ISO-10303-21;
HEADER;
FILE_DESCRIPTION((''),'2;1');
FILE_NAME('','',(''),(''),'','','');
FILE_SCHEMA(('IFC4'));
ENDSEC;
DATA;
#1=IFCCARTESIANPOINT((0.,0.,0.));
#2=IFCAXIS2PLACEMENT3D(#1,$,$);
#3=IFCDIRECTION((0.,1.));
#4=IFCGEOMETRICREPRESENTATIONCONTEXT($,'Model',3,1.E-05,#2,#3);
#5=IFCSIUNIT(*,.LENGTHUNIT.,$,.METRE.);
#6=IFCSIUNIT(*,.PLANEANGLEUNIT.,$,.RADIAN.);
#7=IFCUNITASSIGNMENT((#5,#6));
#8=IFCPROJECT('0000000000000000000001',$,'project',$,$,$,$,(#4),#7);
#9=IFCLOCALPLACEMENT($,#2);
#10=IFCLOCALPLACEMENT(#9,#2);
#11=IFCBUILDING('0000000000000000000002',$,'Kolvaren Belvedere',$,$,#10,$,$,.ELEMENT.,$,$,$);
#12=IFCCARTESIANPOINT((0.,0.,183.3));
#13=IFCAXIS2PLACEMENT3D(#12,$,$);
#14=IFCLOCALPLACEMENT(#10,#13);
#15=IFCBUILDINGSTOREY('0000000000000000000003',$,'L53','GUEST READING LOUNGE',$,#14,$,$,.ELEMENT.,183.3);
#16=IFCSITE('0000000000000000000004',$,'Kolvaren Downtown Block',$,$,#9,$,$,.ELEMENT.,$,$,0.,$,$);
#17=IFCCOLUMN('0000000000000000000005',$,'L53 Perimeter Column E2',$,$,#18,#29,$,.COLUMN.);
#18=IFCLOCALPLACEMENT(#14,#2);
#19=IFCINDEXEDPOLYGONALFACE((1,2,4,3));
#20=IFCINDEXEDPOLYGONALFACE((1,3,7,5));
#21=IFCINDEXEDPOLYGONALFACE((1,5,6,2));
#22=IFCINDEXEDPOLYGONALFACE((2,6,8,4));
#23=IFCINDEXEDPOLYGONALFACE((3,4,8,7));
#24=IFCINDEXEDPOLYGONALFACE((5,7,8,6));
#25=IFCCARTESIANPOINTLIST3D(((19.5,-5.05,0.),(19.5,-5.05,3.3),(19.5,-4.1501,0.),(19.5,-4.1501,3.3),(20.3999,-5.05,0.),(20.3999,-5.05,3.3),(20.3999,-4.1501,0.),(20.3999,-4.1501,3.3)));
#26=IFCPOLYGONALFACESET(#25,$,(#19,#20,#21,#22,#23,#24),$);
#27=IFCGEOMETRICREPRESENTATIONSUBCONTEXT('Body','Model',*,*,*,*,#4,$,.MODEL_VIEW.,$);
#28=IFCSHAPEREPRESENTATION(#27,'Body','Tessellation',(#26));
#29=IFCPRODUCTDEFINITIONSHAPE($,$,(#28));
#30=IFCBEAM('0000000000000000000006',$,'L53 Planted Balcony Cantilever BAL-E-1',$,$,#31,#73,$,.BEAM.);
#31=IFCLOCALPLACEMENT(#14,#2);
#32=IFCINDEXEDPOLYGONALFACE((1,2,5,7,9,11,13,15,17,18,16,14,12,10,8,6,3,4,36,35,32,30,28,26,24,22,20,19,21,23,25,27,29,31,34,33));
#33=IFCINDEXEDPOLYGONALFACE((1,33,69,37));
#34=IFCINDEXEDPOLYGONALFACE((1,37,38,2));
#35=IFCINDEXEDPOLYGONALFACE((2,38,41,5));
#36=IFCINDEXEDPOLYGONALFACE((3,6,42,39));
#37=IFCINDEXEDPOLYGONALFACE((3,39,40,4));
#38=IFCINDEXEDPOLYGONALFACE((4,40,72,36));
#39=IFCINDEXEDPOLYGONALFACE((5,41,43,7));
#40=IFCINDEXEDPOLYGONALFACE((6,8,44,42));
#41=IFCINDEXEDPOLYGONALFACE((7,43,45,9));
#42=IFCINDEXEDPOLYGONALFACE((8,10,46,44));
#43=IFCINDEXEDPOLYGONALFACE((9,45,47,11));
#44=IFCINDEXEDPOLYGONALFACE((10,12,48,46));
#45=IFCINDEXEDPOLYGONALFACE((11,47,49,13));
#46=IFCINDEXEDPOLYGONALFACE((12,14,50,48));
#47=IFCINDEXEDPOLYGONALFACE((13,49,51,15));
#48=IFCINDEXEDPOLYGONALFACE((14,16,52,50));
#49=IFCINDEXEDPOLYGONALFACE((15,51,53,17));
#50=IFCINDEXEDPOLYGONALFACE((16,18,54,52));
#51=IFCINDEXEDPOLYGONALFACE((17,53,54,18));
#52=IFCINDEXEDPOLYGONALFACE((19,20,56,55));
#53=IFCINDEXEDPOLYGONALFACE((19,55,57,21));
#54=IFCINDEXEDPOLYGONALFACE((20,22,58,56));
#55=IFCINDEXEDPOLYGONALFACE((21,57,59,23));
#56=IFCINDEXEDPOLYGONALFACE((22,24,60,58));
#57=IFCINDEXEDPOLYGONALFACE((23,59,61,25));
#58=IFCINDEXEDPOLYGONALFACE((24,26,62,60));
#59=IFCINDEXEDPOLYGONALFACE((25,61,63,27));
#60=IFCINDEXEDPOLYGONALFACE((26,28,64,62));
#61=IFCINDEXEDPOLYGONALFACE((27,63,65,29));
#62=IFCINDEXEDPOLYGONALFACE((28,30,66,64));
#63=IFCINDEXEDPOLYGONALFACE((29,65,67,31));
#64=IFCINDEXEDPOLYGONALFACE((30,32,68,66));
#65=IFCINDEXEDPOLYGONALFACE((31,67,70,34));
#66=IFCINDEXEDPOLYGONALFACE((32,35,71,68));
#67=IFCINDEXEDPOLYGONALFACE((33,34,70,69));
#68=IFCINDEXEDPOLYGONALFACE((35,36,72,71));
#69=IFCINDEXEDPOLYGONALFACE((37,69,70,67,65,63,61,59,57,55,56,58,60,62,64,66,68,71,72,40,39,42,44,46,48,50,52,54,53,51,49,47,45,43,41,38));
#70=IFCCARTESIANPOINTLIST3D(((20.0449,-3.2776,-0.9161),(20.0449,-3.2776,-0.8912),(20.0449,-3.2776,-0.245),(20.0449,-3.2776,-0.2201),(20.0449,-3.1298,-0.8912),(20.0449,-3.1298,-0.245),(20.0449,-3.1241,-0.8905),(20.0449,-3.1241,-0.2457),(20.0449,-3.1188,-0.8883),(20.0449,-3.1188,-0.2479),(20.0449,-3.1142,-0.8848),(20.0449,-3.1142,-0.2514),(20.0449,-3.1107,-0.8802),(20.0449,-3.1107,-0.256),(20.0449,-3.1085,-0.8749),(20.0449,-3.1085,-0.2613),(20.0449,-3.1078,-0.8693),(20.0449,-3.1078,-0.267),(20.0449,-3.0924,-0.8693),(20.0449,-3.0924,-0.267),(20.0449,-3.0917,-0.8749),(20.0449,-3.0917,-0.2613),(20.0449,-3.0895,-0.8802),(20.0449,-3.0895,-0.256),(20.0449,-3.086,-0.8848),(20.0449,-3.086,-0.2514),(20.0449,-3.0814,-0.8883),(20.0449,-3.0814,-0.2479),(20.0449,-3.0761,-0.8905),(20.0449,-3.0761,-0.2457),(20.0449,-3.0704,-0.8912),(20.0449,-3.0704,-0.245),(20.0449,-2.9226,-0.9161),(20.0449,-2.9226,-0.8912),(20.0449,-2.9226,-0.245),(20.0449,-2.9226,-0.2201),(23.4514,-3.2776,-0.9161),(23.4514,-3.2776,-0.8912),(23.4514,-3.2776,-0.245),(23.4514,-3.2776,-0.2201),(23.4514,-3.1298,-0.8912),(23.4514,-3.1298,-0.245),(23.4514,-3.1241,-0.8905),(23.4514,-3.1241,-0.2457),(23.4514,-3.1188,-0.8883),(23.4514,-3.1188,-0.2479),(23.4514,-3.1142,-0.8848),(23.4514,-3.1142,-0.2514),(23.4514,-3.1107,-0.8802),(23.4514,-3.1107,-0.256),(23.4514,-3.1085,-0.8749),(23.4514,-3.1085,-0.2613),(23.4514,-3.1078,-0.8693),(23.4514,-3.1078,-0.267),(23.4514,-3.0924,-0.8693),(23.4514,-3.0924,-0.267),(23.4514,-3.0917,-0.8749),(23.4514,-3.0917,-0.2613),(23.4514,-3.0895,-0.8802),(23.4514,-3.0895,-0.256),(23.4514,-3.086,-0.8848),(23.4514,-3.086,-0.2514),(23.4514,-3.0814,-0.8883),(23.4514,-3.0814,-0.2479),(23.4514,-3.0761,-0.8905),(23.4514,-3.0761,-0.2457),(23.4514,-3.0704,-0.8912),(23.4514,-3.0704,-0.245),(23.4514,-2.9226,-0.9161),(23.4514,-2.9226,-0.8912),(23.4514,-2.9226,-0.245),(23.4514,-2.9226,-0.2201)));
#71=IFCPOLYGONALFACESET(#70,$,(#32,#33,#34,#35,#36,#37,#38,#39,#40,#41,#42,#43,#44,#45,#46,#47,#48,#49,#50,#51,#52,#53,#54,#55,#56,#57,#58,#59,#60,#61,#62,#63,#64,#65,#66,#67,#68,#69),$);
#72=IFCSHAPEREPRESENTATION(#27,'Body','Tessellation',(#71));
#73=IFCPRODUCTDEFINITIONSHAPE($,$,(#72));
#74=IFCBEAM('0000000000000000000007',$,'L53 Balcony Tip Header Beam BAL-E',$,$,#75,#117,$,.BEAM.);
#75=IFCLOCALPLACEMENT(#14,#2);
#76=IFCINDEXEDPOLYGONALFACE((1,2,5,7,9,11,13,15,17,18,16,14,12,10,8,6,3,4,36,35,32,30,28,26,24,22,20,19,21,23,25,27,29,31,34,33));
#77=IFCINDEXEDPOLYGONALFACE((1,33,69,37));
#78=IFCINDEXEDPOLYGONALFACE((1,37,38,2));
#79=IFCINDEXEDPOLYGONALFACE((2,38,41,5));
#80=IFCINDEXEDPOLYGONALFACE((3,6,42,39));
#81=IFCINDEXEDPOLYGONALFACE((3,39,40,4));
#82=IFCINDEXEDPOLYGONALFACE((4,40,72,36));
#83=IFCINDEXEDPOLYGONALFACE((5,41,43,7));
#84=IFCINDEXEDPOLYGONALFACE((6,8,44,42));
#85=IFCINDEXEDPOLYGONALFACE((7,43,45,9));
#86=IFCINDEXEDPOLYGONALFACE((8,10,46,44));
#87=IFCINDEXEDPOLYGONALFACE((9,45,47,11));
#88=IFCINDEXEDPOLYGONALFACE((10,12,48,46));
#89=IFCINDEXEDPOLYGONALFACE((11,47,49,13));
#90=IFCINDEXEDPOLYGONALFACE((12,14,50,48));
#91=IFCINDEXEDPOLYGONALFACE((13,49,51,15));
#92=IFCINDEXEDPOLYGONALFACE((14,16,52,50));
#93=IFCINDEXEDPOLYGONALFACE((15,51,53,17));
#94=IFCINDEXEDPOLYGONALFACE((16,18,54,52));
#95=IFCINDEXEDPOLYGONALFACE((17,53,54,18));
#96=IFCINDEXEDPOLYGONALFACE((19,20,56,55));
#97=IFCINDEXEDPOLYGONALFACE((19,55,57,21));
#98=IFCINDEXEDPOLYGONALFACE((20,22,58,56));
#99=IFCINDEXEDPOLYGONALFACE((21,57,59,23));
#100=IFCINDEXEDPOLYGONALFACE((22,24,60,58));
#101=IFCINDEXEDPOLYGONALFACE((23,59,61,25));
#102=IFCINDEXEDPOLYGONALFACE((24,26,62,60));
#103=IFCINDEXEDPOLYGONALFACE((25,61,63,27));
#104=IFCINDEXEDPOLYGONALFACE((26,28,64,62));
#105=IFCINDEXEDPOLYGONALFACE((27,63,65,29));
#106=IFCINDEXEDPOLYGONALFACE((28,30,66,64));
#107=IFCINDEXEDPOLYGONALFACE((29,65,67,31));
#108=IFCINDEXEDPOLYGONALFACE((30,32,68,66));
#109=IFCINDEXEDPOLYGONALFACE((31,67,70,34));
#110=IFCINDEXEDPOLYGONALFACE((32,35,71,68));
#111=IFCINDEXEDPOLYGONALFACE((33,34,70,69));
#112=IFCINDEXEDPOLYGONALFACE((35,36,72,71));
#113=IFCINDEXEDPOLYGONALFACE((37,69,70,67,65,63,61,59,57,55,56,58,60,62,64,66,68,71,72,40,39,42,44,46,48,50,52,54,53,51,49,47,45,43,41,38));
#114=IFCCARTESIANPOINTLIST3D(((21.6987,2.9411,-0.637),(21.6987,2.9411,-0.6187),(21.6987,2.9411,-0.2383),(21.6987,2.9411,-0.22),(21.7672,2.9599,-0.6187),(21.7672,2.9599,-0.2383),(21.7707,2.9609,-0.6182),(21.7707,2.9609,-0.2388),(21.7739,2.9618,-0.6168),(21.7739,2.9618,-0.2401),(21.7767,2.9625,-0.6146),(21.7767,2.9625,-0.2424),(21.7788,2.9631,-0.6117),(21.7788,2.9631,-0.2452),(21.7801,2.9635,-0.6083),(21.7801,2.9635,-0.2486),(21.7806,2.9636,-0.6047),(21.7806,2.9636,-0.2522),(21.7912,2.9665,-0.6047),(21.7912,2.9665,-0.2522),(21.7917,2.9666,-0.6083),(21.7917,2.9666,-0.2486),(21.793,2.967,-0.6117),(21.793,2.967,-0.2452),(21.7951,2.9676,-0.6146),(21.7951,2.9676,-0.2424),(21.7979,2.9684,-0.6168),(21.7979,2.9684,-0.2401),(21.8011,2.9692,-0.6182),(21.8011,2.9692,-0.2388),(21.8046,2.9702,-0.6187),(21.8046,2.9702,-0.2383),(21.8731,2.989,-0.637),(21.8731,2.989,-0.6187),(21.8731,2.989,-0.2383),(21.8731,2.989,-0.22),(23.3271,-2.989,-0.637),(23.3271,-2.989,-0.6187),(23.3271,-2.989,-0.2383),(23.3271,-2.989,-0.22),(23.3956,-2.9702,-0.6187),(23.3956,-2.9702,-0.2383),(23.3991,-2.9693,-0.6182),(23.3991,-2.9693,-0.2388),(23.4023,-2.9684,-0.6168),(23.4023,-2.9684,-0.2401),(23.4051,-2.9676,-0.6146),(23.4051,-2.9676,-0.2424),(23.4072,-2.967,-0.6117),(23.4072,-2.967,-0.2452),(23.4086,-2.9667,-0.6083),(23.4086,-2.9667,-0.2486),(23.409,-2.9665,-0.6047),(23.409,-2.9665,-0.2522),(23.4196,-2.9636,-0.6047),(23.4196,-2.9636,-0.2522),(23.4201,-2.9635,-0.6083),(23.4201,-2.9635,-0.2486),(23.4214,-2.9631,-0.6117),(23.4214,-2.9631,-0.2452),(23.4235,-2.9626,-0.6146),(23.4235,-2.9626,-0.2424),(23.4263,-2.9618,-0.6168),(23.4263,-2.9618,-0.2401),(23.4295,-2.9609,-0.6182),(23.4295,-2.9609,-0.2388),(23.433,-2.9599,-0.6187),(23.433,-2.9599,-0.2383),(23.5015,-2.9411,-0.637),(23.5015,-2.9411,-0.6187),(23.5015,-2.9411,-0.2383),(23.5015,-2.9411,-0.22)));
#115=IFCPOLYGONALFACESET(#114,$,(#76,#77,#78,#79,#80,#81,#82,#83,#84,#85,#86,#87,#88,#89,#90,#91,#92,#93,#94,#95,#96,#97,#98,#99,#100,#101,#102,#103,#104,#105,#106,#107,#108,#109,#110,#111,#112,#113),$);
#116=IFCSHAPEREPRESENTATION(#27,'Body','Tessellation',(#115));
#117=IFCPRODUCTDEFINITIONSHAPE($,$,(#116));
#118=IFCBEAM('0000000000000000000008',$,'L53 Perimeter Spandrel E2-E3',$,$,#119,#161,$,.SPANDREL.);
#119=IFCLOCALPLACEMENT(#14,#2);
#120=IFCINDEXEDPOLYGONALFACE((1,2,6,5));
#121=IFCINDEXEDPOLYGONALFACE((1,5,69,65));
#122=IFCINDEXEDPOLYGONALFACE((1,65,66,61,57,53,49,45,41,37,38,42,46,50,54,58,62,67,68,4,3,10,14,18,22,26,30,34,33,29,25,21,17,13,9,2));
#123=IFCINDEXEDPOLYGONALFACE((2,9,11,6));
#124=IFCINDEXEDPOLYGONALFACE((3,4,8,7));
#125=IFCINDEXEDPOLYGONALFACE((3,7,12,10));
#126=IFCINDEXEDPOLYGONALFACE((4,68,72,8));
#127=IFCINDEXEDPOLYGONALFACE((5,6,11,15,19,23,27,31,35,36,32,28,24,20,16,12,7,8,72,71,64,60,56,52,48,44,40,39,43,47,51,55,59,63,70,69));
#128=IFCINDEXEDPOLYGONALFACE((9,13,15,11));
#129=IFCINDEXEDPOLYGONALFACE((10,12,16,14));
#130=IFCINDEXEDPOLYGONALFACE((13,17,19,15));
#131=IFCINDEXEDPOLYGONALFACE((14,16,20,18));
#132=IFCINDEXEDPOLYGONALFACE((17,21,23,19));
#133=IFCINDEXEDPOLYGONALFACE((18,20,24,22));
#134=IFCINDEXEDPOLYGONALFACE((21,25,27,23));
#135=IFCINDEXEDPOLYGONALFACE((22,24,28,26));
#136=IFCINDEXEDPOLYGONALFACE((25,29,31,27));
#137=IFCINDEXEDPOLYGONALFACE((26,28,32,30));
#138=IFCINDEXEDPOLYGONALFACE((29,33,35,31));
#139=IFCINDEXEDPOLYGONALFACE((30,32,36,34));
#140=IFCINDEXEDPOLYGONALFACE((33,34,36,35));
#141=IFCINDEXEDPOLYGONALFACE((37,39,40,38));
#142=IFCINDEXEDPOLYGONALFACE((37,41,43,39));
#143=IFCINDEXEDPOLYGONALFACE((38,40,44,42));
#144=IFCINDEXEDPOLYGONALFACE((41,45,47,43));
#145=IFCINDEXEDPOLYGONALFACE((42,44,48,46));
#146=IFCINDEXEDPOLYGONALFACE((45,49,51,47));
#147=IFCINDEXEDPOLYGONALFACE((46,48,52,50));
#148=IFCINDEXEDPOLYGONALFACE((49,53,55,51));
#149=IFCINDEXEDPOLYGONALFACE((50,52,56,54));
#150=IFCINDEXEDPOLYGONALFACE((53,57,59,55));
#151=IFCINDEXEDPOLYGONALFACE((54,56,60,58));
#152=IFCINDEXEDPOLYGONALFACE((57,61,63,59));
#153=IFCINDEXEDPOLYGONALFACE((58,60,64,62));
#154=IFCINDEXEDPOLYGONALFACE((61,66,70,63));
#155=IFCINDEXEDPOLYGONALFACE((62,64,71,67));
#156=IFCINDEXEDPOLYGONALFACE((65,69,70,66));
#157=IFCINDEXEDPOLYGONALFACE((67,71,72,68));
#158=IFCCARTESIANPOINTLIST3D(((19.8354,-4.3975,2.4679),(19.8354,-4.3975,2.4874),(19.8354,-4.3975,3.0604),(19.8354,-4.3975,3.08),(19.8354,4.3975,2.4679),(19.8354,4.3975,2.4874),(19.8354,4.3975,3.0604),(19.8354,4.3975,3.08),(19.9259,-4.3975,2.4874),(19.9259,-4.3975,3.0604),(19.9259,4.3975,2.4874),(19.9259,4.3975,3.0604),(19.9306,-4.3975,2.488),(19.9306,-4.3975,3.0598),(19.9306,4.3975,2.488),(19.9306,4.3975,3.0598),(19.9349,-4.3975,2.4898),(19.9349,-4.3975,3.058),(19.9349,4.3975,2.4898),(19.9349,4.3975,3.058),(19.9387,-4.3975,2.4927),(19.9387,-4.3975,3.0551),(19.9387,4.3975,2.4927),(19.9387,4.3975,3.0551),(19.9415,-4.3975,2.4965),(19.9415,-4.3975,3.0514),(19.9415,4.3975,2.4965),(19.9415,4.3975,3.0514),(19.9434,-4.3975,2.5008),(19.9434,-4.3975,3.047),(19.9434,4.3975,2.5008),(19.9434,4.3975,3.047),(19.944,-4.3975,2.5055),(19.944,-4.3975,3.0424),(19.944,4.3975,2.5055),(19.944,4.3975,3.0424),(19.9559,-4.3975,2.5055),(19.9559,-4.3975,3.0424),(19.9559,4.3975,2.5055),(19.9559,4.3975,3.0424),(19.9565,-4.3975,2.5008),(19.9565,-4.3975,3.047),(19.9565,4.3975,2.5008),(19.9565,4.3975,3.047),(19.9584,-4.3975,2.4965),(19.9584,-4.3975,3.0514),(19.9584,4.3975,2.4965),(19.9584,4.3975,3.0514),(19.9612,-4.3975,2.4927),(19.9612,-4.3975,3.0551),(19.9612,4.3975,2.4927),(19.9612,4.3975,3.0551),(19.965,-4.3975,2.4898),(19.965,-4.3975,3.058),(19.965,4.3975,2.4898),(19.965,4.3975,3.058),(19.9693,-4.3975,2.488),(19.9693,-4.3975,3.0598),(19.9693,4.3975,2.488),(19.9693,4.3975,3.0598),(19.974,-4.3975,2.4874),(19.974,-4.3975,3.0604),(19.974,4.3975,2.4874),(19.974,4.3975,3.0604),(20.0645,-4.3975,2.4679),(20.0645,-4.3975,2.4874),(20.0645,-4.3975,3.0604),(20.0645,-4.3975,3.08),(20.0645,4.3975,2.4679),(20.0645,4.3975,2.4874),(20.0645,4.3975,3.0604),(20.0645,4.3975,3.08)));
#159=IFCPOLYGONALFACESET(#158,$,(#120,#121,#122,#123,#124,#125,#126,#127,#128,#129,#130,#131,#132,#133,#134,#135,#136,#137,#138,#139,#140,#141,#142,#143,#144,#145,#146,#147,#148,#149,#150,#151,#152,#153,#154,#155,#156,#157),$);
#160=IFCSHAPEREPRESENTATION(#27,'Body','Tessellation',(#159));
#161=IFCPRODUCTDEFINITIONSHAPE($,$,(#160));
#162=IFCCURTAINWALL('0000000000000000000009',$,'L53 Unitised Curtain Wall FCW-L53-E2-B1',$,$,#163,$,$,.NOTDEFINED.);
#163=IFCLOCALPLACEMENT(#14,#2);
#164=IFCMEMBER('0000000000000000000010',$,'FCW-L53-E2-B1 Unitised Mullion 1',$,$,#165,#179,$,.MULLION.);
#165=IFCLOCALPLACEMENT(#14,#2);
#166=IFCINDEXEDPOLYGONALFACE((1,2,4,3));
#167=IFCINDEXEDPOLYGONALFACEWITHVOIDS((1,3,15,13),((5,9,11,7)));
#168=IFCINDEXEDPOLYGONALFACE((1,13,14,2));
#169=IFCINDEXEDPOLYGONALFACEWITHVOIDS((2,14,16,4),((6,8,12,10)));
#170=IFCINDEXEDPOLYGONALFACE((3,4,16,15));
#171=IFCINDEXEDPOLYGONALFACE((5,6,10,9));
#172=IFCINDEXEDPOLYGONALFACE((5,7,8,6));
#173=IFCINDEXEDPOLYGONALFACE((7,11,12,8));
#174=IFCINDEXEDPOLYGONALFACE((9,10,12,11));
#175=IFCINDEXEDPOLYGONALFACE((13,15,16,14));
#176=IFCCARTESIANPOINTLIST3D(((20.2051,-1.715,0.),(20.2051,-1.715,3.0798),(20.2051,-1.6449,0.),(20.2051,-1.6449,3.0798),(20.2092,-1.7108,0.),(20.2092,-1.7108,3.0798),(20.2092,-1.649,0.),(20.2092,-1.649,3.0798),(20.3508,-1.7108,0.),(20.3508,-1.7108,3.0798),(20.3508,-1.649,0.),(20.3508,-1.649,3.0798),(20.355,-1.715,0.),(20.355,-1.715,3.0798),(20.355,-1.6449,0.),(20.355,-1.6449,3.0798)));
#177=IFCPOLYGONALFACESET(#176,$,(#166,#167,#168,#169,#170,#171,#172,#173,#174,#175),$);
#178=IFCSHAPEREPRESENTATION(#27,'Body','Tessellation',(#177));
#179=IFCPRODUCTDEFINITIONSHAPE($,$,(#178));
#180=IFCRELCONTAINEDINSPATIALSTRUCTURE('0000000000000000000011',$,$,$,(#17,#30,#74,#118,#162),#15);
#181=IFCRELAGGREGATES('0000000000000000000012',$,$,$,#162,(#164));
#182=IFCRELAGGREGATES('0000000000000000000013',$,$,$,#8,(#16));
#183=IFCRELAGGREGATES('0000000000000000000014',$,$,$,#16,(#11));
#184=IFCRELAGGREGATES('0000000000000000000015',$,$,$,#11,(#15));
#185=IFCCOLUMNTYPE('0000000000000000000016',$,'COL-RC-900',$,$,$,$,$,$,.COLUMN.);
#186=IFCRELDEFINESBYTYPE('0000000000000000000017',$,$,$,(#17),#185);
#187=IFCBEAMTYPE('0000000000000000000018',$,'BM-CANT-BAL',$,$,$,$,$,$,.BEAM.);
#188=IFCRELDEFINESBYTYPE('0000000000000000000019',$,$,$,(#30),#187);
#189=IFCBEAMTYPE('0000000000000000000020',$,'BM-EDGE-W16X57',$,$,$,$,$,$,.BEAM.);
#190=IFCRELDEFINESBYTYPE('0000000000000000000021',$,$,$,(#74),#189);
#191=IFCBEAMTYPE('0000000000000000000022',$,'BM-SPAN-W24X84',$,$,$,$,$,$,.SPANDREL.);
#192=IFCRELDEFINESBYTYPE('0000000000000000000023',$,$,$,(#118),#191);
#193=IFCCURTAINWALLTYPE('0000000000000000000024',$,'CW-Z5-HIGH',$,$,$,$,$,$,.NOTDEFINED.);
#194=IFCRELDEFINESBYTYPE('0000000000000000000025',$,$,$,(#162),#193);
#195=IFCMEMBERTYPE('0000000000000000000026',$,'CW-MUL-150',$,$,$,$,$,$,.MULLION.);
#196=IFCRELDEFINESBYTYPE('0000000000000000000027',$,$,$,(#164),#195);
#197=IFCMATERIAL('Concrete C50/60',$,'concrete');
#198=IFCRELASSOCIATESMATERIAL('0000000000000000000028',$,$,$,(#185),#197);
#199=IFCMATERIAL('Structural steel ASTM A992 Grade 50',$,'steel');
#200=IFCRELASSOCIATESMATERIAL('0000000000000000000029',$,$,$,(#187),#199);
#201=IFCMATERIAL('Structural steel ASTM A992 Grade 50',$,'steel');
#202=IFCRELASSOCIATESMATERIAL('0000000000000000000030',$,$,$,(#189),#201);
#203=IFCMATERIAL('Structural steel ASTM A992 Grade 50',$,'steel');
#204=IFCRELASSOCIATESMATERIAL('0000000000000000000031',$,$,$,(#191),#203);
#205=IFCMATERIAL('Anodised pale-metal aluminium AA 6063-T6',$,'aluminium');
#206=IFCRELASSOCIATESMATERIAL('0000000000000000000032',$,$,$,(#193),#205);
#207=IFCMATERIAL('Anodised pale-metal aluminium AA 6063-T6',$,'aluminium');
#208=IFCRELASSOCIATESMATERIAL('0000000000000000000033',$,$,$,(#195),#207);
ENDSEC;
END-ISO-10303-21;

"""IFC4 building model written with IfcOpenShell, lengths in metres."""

from ifc_helpers import new_model, si_unit, direction, frame, origin, origin_2d, place, context, subcontext, project, spatial, rectangle, hollow_rectangle, i_section, extrude, material, material_profile, profile_set, type_object, element, aggregate, save


model = new_model("IFC4")

# Units and contexts
model_context = context("Model", 3, precision=1e-05, world=origin(), true_north=direction((0.0, 1.0)))
body_context = subcontext(model_context, "Body", "Model", "MODEL_VIEW")
ifc_project = project(units=[si_unit("LENGTHUNIT", "METRE"), si_unit("PLANEANGLEUNIT", "RADIAN")], contexts=[model_context])

# Site, building, storey
site_placement = place(None, origin())
site = spatial("IfcSite", under=ifc_project, at=site_placement, Name="Kolvaren Downtown Block", CompositionType="ELEMENT", RefElevation=0.0)
building_placement = place(site_placement, origin())
building = spatial("IfcBuilding", under=site, at=building_placement, Name="Kolvaren Belvedere", CompositionType="ELEMENT")
storey_placement = place(building_placement, frame((0.0, 0.0, 183.3)))
storey = spatial("IfcBuildingStorey", under=building, at=storey_placement, Name="L53", Description="GUEST READING LOUNGE", CompositionType="ELEMENT", Elevation=183.3)

# Column
ifc_material_1 = material(Name="Concrete C50/60", Category="concrete")
ifc_material_profile_1 = material_profile(ifc_material_1, rectangle(XDim=0.8999, YDim=0.8999, at=origin_2d()), Name="RC 900X900")
ifc_profile_set_1 = profile_set([ifc_material_profile_1], Name="Concrete C50/60")
column_type = type_object("IfcColumnType", Name="COL-RC-900", PredefinedType="COLUMN", material=ifc_profile_set_1)
column_placement = place(storey_placement, frame((19.95, -4.6001, 0.0), z_axis=(0.0, 0.0, 1.0), x_axis=(1.0, 0.0, 0.0)))
element("IfcColumn", 1, at=column_placement, inside=storey, type_object=column_type, Name="L53 Perimeter Column E2", PredefinedType="COLUMN", context=body_context, shape_type="SweptSolid", body=[
    extrude(rectangle(XDim=0.8999, YDim=0.8999, at=origin_2d()), origin(), (0.0, 0.0, 1.0), 3.3),
])

# Beams
ifc_material_2 = material(Name="Structural steel ASTM A992 Grade 50", Category="steel")
ifc_material_profile_2 = material_profile(ifc_material_2, i_section(OverallWidth=0.355, OverallDepth=0.696, WebThickness=0.0154, FlangeThickness=0.0249, FilletRadius=0.022, at=origin_2d()), Name="W27X146")
ifc_profile_set_2 = profile_set([ifc_material_profile_2], Name="Structural steel ASTM A992 Grade 50")
beam_type_1 = type_object("IfcBeamType", Name="BM-CANT-BAL", PredefinedType="BEAM", material=ifc_profile_set_2)
beam_1_placement = place(storey_placement, frame((20.0449, -3.1001, -0.5681), z_axis=(1.0, 0.0, 0.0), x_axis=(0.0, 1.0, 0.0)))
element("IfcBeam", 2, at=beam_1_placement, inside=storey, type_object=beam_type_1, Name="L53 Planted Balcony Cantilever BAL-E-1", PredefinedType="BEAM", context=body_context, shape_type="SweptSolid", body=[
    extrude(i_section(OverallWidth=0.355, OverallDepth=0.696, WebThickness=0.0154, FlangeThickness=0.0249, FilletRadius=0.022, at=origin_2d()), origin(), (0.0, 0.0, 1.0), 3.4065),
])
ifc_material_3 = material(Name="Structural steel ASTM A992 Grade 50", Category="steel")
ifc_material_profile_3 = material_profile(ifc_material_3, i_section(OverallWidth=0.1809, OverallDepth=0.417, WebThickness=0.011, FlangeThickness=0.0183, FilletRadius=0.0139, at=origin_2d()), Name="W16X57")
ifc_profile_set_3 = profile_set([ifc_material_profile_3], Name="Structural steel ASTM A992 Grade 50")
beam_type_2 = type_object("IfcBeamType", Name="BM-EDGE-W16X57", PredefinedType="BEAM", material=ifc_profile_set_3)
beam_2_placement = place(storey_placement, frame((23.4143, -2.9651, -0.4285), z_axis=(-0.264797, 0.964304, 0.0), x_axis=(-0.964304, -0.264797, 0.0)))
element("IfcBeam", 3, at=beam_2_placement, inside=storey, type_object=beam_type_2, Name="L53 Balcony Tip Header Beam BAL-E", PredefinedType="BEAM", context=body_context, shape_type="SweptSolid", body=[
    extrude(i_section(OverallWidth=0.1809, OverallDepth=0.417, WebThickness=0.011, FlangeThickness=0.0183, FilletRadius=0.0139, at=origin_2d()), origin(), (0.0, 0.0, 1.0), 6.1497),
])
ifc_material_4 = material(Name="Structural steel ASTM A992 Grade 50", Category="steel")
ifc_material_profile_4 = material_profile(ifc_material_4, i_section(OverallWidth=0.229, OverallDepth=0.6121, WebThickness=0.012, FlangeThickness=0.0195, FilletRadius=0.0181, at=origin_2d()), Name="W24X84")
ifc_profile_set_4 = profile_set([ifc_material_profile_4], Name="Structural steel ASTM A992 Grade 50")
beam_type_3 = type_object("IfcBeamType", Name="BM-SPAN-W24X84", PredefinedType="SPANDREL", material=ifc_profile_set_4)
beam_3_placement = place(storey_placement, frame((19.95, -4.3975, 2.7739), z_axis=(0.0, 1.0, 0.0), x_axis=(-1.0, 0.0, 0.0)))
element("IfcBeam", 4, at=beam_3_placement, inside=storey, type_object=beam_type_3, Name="L53 Perimeter Spandrel E2-E3", PredefinedType="SPANDREL", context=body_context, shape_type="SweptSolid", body=[
    extrude(i_section(OverallWidth=0.229, OverallDepth=0.6121, WebThickness=0.012, FlangeThickness=0.0195, FilletRadius=0.0181, at=origin_2d()), origin(), (0.0, 0.0, 1.0), 8.7949),
])

# Curtain wall, member
ifc_material_5 = material(Name="Anodised pale-metal aluminium AA 6063-T6", Category="aluminium")
curtain_wall_type = type_object("IfcCurtainWallType", Name="CW-Z5-HIGH", PredefinedType="NOTDEFINED", material=ifc_material_5)
curtain_wall_1_placement = place(storey_placement, origin())
curtain_wall_1 = element("IfcCurtainWall", 5, at=curtain_wall_1_placement, inside=storey, type_object=curtain_wall_type, Name="L53 Unitised Curtain Wall FCW-L53-E2-B1", PredefinedType="NOTDEFINED")
ifc_material_6 = material(Name="Anodised pale-metal aluminium AA 6063-T6", Category="aluminium")
ifc_material_profile_5 = material_profile(ifc_material_6, hollow_rectangle(XDim=0.0701, YDim=0.1499, WallThickness=0.0042, at=origin_2d()), Name="ALU-MUL-150X70")
ifc_profile_set_5 = profile_set([ifc_material_profile_5], Name="Anodised pale-metal aluminium AA 6063-T6")
member_type_1 = type_object("IfcMemberType", Name="CW-MUL-150", PredefinedType="MULLION", material=ifc_profile_set_5)
member_1_placement = place(storey_placement, frame((20.28, -1.6799, 0.0), z_axis=(0.0, 0.0, 1.0), x_axis=(0.0, 1.0, 0.0)))
member_1 = element("IfcMember", 6, at=member_1_placement, type_object=member_type_1, Name="FCW-L53-E2-B1 Unitised Mullion 1", PredefinedType="MULLION", context=body_context, shape_type="SweptSolid", body=[
    extrude(hollow_rectangle(XDim=0.0701, YDim=0.1499, WallThickness=0.0042, at=origin_2d()), origin(), (0.0, 0.0, 1.0), 3.0798),
])

aggregate(curtain_wall_1, [member_1])

save(model, "model.ifc")
